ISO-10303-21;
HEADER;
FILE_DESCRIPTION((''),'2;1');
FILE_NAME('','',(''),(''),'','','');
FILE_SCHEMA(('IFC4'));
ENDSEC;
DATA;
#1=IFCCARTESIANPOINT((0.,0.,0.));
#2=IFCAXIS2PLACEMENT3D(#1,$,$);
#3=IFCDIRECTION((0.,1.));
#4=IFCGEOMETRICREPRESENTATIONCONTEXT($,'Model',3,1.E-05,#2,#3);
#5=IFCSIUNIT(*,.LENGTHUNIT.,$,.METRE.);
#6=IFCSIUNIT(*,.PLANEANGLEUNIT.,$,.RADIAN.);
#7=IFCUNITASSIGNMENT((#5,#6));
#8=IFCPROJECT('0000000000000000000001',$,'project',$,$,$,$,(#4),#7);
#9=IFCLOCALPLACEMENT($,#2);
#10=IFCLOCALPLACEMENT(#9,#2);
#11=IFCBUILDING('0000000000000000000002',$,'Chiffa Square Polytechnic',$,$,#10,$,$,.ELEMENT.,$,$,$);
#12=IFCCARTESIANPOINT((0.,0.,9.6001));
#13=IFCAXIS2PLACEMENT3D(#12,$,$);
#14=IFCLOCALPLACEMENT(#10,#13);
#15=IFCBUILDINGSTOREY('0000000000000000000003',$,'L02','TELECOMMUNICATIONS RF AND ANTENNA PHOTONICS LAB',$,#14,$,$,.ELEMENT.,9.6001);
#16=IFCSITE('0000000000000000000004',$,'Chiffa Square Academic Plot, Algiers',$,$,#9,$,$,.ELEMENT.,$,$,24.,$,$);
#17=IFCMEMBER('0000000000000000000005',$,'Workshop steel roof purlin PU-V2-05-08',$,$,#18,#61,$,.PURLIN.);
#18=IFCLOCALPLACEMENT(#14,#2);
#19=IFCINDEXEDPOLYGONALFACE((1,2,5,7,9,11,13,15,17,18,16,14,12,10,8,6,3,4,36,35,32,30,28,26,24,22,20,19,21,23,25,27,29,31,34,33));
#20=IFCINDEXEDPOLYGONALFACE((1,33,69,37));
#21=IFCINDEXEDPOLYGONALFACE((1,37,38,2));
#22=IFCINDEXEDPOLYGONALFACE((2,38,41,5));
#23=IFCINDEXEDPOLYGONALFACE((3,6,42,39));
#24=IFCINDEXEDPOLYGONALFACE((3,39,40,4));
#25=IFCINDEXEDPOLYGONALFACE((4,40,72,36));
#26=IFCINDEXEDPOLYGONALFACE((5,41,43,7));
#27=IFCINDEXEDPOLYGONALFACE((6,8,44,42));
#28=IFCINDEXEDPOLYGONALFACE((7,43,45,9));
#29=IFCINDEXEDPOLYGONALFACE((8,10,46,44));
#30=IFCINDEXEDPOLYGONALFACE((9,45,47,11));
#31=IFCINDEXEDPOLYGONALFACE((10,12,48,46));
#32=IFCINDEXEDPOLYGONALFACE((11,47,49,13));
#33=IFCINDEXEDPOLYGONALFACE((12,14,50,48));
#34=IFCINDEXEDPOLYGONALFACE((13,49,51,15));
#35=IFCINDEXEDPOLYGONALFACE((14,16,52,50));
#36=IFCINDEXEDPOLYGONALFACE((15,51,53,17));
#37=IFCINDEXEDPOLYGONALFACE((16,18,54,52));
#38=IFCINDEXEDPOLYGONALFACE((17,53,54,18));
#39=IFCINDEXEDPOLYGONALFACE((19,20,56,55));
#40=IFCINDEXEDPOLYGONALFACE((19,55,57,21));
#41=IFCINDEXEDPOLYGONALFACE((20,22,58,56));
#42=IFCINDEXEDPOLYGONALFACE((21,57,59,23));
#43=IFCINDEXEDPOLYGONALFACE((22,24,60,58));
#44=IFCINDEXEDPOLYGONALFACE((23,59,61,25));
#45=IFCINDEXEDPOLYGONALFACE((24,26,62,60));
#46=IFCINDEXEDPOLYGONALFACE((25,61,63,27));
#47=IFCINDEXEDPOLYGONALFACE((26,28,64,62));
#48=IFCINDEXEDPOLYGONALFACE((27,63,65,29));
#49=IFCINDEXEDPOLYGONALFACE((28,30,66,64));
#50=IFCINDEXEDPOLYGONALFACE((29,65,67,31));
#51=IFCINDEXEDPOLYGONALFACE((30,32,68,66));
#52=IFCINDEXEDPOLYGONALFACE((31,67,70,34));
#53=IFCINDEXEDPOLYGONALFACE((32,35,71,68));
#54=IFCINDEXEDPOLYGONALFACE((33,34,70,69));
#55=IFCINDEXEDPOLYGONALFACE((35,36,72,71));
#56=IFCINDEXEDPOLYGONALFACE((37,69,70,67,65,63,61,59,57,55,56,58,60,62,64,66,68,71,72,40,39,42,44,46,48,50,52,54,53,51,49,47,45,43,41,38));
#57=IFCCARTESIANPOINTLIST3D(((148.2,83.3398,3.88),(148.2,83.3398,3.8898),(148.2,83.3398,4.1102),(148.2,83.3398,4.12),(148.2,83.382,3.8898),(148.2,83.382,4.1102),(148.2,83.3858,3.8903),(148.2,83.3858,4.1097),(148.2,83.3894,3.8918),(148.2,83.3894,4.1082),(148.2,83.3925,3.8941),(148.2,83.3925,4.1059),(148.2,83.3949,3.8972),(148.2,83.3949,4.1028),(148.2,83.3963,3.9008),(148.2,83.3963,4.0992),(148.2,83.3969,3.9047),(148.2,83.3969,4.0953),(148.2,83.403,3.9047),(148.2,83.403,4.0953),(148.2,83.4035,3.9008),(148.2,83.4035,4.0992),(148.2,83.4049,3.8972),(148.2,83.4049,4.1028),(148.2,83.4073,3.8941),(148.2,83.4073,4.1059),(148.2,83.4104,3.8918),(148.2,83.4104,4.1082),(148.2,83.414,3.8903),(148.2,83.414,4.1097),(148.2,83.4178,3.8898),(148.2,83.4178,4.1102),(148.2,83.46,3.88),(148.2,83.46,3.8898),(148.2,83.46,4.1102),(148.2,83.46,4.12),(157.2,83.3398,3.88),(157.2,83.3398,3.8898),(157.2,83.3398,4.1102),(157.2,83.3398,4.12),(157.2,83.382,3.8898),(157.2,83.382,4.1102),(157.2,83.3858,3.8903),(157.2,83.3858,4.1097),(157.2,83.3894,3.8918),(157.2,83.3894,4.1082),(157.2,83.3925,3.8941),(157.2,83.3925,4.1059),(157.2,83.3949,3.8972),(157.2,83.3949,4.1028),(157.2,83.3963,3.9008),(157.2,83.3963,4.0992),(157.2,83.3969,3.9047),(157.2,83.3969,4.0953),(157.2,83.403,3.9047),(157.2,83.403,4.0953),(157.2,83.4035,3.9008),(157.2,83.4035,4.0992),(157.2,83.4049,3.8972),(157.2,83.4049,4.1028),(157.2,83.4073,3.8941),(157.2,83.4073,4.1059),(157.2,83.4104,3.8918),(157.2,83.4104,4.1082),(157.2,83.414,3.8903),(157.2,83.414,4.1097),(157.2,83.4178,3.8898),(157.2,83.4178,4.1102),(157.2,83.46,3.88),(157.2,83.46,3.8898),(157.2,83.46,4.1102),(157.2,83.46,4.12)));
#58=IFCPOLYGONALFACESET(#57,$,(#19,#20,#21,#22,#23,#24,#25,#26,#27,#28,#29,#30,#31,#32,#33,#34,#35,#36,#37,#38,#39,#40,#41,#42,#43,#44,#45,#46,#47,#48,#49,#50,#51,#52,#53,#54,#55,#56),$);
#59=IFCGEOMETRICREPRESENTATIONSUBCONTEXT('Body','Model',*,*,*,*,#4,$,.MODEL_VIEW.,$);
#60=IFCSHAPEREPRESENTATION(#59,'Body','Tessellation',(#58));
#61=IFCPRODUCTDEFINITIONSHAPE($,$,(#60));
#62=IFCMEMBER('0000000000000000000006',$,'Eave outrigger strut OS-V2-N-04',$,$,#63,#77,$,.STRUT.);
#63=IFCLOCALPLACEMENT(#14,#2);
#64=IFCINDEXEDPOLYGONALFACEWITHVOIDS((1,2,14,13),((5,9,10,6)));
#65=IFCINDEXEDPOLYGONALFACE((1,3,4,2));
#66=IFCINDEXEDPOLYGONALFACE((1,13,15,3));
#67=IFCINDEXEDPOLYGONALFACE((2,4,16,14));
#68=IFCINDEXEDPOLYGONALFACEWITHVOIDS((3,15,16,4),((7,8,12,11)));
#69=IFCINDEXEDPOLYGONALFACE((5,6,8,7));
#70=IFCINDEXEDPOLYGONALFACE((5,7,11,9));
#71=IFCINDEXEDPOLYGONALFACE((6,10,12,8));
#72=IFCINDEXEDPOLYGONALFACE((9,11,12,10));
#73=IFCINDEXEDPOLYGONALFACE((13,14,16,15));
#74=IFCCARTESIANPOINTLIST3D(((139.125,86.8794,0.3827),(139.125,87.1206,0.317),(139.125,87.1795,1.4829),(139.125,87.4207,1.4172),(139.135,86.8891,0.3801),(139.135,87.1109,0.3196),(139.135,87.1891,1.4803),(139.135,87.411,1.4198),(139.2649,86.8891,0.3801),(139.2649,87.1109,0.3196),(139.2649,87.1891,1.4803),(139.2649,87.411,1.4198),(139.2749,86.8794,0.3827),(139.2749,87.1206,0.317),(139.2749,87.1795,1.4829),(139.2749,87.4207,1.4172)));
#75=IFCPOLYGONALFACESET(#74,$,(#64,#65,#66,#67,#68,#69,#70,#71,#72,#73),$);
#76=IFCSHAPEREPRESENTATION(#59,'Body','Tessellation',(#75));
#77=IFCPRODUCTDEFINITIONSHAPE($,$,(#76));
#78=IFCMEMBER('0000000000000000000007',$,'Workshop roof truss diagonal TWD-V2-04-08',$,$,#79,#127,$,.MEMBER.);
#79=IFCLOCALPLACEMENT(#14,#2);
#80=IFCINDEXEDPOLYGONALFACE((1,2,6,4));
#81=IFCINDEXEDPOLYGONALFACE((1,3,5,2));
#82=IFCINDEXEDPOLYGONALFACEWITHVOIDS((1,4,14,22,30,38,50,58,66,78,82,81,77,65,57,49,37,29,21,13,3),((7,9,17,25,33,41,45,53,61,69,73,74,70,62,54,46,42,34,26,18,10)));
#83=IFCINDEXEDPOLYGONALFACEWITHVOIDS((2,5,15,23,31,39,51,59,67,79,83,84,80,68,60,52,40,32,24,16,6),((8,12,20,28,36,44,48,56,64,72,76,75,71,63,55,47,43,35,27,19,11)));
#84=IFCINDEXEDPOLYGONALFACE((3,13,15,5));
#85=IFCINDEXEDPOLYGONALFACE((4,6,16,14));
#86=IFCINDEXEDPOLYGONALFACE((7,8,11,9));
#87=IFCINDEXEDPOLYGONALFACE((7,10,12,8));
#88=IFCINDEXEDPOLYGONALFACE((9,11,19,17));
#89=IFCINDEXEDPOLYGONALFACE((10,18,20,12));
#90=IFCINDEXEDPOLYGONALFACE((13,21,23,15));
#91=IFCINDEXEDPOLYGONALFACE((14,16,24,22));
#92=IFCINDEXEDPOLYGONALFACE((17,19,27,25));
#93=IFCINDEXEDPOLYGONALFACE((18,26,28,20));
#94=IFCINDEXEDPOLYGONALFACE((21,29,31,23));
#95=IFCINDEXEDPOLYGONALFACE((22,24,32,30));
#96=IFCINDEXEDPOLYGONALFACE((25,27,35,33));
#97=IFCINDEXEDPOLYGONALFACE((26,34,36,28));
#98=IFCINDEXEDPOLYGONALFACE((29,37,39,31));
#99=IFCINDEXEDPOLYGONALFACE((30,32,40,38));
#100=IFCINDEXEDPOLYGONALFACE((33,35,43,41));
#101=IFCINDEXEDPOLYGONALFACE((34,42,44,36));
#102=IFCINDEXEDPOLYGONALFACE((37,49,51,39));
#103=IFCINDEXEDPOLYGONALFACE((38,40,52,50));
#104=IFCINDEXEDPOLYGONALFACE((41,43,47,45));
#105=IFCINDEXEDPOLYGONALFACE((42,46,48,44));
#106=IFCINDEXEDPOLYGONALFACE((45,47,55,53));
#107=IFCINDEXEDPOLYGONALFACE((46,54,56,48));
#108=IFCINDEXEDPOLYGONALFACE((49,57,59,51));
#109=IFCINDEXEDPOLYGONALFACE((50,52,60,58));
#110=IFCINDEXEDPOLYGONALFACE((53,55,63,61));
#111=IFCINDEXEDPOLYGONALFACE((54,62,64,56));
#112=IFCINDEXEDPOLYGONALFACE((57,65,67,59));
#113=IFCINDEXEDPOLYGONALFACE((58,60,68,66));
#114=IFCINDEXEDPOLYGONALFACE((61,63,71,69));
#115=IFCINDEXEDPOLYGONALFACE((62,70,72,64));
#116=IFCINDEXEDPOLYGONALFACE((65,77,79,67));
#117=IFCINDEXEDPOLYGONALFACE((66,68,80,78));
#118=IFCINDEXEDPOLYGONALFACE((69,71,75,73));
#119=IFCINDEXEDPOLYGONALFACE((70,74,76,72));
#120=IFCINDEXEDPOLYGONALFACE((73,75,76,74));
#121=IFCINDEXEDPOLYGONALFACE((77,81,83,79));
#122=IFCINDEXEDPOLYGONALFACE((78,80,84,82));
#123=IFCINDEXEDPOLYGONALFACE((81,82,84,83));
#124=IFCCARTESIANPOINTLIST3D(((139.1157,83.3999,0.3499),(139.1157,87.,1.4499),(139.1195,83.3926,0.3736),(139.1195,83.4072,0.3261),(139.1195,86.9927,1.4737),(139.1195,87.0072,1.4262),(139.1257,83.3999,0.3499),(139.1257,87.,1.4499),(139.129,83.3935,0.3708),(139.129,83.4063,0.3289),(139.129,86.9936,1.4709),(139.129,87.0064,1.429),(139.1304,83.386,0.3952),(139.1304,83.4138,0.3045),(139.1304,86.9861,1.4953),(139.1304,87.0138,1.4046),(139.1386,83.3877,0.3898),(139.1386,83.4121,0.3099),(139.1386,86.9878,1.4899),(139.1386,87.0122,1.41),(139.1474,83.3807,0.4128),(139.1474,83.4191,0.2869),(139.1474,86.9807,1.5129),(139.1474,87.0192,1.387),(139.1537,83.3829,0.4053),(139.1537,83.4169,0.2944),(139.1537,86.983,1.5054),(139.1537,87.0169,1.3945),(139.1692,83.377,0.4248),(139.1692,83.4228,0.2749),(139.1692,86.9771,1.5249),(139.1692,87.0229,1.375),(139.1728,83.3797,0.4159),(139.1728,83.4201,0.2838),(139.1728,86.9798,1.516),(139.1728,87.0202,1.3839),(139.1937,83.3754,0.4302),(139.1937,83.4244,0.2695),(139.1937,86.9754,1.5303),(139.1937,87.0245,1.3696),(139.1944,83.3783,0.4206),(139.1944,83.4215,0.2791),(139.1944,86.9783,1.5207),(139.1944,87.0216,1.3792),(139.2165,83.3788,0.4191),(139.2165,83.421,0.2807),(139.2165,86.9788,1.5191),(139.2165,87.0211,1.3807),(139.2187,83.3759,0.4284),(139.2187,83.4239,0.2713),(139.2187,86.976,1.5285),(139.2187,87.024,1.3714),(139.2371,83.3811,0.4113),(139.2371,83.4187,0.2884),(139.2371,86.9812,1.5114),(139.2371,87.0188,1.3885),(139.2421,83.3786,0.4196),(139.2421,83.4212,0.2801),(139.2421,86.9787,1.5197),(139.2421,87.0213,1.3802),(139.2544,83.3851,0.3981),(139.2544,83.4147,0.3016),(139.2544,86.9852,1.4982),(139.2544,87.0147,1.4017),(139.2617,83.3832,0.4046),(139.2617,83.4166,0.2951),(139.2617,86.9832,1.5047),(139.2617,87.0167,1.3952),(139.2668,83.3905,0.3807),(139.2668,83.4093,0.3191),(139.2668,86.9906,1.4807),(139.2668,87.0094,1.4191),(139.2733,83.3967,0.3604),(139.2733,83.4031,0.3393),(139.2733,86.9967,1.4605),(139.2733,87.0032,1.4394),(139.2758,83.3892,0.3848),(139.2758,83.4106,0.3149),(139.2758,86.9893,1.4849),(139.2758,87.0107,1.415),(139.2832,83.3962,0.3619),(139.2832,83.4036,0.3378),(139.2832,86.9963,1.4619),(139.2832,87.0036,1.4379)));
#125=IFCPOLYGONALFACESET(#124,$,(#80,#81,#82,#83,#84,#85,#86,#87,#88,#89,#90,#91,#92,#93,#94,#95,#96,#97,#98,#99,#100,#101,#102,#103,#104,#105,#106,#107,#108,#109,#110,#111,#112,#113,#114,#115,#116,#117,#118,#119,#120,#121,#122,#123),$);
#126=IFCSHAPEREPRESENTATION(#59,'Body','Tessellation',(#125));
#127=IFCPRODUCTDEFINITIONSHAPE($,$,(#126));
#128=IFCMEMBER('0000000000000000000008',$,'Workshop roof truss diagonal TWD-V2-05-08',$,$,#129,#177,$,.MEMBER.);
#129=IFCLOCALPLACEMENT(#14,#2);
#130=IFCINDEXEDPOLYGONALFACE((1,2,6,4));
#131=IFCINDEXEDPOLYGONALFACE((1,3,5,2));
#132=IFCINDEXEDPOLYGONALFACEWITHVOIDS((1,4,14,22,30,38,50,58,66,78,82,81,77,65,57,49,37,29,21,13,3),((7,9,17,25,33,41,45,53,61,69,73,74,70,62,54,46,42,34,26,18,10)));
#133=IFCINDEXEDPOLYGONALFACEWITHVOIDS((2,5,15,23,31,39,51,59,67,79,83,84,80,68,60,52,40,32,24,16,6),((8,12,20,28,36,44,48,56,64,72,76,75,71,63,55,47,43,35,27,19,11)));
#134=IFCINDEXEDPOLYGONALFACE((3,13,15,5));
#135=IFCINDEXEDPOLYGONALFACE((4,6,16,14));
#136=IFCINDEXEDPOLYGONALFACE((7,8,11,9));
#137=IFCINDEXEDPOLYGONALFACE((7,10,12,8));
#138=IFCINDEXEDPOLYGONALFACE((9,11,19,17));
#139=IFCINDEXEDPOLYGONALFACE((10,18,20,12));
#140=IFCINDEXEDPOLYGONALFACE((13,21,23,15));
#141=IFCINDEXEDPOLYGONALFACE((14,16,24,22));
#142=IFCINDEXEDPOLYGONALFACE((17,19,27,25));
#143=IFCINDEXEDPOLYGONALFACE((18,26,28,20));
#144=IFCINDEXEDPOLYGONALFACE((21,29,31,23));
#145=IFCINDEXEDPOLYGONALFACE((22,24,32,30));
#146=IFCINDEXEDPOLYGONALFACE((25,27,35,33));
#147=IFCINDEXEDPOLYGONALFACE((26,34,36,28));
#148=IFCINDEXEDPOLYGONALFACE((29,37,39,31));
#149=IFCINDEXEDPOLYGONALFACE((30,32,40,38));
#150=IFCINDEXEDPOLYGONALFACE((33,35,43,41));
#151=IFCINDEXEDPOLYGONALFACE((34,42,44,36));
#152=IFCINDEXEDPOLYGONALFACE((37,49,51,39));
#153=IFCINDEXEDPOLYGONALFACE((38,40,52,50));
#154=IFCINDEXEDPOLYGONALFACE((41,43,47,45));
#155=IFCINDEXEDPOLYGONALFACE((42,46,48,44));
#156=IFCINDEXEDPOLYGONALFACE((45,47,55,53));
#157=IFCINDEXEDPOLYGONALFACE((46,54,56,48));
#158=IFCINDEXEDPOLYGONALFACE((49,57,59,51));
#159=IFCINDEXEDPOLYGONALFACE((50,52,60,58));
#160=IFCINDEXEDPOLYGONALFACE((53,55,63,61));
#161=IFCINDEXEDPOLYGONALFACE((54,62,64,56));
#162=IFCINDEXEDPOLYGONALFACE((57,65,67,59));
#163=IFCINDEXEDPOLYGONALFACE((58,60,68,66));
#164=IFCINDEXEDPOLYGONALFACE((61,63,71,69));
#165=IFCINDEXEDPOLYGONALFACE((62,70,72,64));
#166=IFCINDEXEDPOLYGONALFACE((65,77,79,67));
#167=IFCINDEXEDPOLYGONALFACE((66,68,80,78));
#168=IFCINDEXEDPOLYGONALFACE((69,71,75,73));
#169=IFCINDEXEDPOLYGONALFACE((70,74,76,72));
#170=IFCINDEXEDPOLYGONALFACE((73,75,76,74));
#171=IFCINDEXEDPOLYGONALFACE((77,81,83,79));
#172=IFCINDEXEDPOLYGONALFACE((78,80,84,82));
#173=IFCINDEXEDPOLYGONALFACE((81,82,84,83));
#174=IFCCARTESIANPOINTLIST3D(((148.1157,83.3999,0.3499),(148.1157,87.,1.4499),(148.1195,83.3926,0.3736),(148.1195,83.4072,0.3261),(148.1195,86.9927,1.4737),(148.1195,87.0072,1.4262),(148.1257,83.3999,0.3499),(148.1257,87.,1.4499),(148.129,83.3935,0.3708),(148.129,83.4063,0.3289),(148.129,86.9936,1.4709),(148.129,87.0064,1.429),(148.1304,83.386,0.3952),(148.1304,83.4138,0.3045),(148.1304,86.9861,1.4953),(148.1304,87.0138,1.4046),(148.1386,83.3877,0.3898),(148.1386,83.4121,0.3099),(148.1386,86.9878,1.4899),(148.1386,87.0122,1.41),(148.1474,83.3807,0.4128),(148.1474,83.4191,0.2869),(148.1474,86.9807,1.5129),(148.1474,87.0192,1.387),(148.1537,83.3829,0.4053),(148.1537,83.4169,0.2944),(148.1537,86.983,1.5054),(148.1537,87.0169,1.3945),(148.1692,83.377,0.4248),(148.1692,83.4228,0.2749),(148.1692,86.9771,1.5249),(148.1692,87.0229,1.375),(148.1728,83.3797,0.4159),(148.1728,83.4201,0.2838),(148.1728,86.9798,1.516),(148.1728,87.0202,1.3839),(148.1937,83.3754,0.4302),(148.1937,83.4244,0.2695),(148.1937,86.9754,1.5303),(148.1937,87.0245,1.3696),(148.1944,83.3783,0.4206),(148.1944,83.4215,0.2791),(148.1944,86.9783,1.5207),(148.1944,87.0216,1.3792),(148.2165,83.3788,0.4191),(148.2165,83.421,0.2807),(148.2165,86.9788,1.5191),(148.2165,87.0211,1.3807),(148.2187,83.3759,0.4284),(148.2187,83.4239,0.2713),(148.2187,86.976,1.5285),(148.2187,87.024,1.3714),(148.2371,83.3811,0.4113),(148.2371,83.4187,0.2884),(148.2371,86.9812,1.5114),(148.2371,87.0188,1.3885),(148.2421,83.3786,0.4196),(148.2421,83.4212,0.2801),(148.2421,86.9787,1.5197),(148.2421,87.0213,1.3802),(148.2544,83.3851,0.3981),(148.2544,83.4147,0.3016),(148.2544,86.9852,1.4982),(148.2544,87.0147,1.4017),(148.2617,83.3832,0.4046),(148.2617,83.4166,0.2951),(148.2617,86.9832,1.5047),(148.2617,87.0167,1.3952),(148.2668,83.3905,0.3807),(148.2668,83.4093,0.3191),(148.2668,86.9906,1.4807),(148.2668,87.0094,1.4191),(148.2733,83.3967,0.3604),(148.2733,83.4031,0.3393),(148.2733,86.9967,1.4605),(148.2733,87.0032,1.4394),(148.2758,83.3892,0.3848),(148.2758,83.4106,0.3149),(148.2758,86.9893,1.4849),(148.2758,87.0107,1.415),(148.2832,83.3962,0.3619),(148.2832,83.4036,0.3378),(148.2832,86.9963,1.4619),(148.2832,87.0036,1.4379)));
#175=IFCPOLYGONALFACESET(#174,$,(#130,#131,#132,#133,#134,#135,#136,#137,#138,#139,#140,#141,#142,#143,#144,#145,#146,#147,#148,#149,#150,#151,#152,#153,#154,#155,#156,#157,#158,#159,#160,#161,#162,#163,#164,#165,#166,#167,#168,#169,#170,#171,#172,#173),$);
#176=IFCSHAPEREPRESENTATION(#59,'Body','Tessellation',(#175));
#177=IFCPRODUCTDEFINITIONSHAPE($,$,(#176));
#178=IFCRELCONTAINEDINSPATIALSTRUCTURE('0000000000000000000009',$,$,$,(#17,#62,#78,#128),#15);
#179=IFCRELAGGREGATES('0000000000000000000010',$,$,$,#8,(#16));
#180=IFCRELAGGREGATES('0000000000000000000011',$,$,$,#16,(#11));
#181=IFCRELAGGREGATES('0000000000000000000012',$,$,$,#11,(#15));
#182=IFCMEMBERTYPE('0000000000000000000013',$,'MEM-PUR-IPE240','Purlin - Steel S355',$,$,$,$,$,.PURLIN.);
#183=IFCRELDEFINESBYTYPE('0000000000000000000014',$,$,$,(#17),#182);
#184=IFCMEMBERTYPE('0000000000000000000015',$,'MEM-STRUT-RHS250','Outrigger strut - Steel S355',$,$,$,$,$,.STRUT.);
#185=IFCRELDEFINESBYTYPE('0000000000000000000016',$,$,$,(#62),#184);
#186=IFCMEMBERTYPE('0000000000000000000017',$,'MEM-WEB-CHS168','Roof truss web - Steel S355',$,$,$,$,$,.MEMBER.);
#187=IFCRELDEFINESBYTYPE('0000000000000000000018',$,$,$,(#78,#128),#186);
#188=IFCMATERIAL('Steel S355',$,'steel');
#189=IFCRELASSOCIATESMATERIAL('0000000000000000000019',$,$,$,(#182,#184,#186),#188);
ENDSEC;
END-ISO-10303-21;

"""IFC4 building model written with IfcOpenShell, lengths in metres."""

from ifc_helpers import new_model, si_unit, direction, frame, origin, origin_2d, place, context, subcontext, project, spatial, hollow_rectangle, hollow_circle, i_section, extrude, material, material_profile, profile_set, type_object, element, save


model = new_model("IFC4")

# Units and contexts
model_context = context("Model", 3, precision=1e-05, world=origin(), true_north=direction((0.0, 1.0)))
body_context = subcontext(model_context, "Body", "Model", "MODEL_VIEW")
ifc_project = project(units=[si_unit("LENGTHUNIT", "METRE"), si_unit("PLANEANGLEUNIT", "RADIAN")], contexts=[model_context])

# Site, building, storey
site_placement = place(None, origin())
site = spatial("IfcSite", under=ifc_project, at=site_placement, Name="Chiffa Square Academic Plot, Algiers", CompositionType="ELEMENT", RefElevation=24.0)
building_placement = place(site_placement, origin())
building = spatial("IfcBuilding", under=site, at=building_placement, Name="Chiffa Square Polytechnic", CompositionType="ELEMENT")
storey_placement = place(building_placement, frame((0.0, 0.0, 9.6001)))
storey = spatial("IfcBuildingStorey", under=building, at=storey_placement, Name="L02", Description="TELECOMMUNICATIONS RF AND ANTENNA PHOTONICS LAB", CompositionType="ELEMENT", Elevation=9.6001)

# Shared definitions
ifc_material_1 = material(Name="Steel S355", Category="steel")

# Members
ifc_material_profile_1 = material_profile(ifc_material_1, i_section(OverallWidth=0.1201, OverallDepth=0.24, WebThickness=0.0061, FlangeThickness=0.0098, FilletRadius=0.0149, at=origin_2d()), Name="IPE 240")
ifc_profile_set_1 = profile_set([ifc_material_profile_1], Name="Steel S355")
member_type_1 = type_object("IfcMemberType", Name="MEM-PUR-IPE240", Description="Purlin - Steel S355", PredefinedType="PURLIN", material=ifc_profile_set_1)
for number, where, z_axis, x_axis, name in (
    (1, (148.2, 83.3999, 4.0), (1.0, 0.0, 0.0), (0.0, 1.0, 0.0), "Workshop steel roof purlin PU-V2-05-08"),
):
    element("IfcMember", number, at=place(storey_placement, frame(where, z_axis=z_axis, x_axis=x_axis)), inside=storey, type_object=member_type_1, Name=name, PredefinedType="PURLIN", context=body_context, shape_type="SweptSolid", body=[
        extrude(i_section(OverallWidth=0.1201, OverallDepth=0.24, WebThickness=0.0061, FlangeThickness=0.0098, FilletRadius=0.0149, at=origin_2d()), origin(), (0.0, 0.0, 1.0), 9.0),
    ])
ifc_material_profile_2 = material_profile(ifc_material_1, hollow_rectangle(XDim=0.1499, YDim=0.25, WallThickness=0.01, at=origin_2d()), Name="RHS 250x150x10")
ifc_profile_set_2 = profile_set([ifc_material_profile_2], Name="Steel S355")
member_type_2 = type_object("IfcMemberType", Name="MEM-STRUT-RHS250", Description="Outrigger strut - Steel S355", PredefinedType="STRUT", material=ifc_profile_set_2)
member_1_placement = place(storey_placement, frame((139.2, 87.0, 0.3499), z_axis=(0.0, 0.263136, 0.964759), x_axis=(-1.0, 0.0, 0.0)))
element("IfcMember", 2, at=member_1_placement, inside=storey, type_object=member_type_2, Name="Eave outrigger strut OS-V2-N-04", PredefinedType="STRUT", context=body_context, shape_type="SweptSolid", body=[
    extrude(hollow_rectangle(XDim=0.1499, YDim=0.25, WallThickness=0.01, at=origin_2d()), origin(), (0.0, 0.0, 1.0), 1.1404),
])
ifc_material_profile_3 = material_profile(ifc_material_1, hollow_circle(Radius=0.0842, WallThickness=0.01, at=origin_2d()), Name="CHS 168.3x10")
ifc_profile_set_3 = profile_set([ifc_material_profile_3], Name="Steel S355")
member_type_3 = type_object("IfcMemberType", Name="MEM-WEB-CHS168", Description="Roof truss web - Steel S355", PredefinedType="MEMBER", material=ifc_profile_set_3)
for number, where, z_axis, x_axis, name in (
    (3, (139.2, 83.3999, 0.3499), (0.0, 0.956347, 0.292235), (-1.0, 0.0, 0.0), "Workshop roof truss diagonal TWD-V2-04-08"),
    (4, (148.2, 83.3999, 0.3499), (0.0, 0.956347, 0.292235), (-1.0, 0.0, 0.0), "Workshop roof truss diagonal TWD-V2-05-08"),
):
    element("IfcMember", number, at=place(storey_placement, frame(where, z_axis=z_axis, x_axis=x_axis)), inside=storey, type_object=member_type_3, Name=name, PredefinedType="MEMBER", context=body_context, shape_type="SweptSolid", body=[
        extrude(hollow_circle(Radius=0.0842, WallThickness=0.01, at=origin_2d()), origin(), (0.0, 0.0, 1.0), 3.7644),
    ])

save(model, "model.ifc")
